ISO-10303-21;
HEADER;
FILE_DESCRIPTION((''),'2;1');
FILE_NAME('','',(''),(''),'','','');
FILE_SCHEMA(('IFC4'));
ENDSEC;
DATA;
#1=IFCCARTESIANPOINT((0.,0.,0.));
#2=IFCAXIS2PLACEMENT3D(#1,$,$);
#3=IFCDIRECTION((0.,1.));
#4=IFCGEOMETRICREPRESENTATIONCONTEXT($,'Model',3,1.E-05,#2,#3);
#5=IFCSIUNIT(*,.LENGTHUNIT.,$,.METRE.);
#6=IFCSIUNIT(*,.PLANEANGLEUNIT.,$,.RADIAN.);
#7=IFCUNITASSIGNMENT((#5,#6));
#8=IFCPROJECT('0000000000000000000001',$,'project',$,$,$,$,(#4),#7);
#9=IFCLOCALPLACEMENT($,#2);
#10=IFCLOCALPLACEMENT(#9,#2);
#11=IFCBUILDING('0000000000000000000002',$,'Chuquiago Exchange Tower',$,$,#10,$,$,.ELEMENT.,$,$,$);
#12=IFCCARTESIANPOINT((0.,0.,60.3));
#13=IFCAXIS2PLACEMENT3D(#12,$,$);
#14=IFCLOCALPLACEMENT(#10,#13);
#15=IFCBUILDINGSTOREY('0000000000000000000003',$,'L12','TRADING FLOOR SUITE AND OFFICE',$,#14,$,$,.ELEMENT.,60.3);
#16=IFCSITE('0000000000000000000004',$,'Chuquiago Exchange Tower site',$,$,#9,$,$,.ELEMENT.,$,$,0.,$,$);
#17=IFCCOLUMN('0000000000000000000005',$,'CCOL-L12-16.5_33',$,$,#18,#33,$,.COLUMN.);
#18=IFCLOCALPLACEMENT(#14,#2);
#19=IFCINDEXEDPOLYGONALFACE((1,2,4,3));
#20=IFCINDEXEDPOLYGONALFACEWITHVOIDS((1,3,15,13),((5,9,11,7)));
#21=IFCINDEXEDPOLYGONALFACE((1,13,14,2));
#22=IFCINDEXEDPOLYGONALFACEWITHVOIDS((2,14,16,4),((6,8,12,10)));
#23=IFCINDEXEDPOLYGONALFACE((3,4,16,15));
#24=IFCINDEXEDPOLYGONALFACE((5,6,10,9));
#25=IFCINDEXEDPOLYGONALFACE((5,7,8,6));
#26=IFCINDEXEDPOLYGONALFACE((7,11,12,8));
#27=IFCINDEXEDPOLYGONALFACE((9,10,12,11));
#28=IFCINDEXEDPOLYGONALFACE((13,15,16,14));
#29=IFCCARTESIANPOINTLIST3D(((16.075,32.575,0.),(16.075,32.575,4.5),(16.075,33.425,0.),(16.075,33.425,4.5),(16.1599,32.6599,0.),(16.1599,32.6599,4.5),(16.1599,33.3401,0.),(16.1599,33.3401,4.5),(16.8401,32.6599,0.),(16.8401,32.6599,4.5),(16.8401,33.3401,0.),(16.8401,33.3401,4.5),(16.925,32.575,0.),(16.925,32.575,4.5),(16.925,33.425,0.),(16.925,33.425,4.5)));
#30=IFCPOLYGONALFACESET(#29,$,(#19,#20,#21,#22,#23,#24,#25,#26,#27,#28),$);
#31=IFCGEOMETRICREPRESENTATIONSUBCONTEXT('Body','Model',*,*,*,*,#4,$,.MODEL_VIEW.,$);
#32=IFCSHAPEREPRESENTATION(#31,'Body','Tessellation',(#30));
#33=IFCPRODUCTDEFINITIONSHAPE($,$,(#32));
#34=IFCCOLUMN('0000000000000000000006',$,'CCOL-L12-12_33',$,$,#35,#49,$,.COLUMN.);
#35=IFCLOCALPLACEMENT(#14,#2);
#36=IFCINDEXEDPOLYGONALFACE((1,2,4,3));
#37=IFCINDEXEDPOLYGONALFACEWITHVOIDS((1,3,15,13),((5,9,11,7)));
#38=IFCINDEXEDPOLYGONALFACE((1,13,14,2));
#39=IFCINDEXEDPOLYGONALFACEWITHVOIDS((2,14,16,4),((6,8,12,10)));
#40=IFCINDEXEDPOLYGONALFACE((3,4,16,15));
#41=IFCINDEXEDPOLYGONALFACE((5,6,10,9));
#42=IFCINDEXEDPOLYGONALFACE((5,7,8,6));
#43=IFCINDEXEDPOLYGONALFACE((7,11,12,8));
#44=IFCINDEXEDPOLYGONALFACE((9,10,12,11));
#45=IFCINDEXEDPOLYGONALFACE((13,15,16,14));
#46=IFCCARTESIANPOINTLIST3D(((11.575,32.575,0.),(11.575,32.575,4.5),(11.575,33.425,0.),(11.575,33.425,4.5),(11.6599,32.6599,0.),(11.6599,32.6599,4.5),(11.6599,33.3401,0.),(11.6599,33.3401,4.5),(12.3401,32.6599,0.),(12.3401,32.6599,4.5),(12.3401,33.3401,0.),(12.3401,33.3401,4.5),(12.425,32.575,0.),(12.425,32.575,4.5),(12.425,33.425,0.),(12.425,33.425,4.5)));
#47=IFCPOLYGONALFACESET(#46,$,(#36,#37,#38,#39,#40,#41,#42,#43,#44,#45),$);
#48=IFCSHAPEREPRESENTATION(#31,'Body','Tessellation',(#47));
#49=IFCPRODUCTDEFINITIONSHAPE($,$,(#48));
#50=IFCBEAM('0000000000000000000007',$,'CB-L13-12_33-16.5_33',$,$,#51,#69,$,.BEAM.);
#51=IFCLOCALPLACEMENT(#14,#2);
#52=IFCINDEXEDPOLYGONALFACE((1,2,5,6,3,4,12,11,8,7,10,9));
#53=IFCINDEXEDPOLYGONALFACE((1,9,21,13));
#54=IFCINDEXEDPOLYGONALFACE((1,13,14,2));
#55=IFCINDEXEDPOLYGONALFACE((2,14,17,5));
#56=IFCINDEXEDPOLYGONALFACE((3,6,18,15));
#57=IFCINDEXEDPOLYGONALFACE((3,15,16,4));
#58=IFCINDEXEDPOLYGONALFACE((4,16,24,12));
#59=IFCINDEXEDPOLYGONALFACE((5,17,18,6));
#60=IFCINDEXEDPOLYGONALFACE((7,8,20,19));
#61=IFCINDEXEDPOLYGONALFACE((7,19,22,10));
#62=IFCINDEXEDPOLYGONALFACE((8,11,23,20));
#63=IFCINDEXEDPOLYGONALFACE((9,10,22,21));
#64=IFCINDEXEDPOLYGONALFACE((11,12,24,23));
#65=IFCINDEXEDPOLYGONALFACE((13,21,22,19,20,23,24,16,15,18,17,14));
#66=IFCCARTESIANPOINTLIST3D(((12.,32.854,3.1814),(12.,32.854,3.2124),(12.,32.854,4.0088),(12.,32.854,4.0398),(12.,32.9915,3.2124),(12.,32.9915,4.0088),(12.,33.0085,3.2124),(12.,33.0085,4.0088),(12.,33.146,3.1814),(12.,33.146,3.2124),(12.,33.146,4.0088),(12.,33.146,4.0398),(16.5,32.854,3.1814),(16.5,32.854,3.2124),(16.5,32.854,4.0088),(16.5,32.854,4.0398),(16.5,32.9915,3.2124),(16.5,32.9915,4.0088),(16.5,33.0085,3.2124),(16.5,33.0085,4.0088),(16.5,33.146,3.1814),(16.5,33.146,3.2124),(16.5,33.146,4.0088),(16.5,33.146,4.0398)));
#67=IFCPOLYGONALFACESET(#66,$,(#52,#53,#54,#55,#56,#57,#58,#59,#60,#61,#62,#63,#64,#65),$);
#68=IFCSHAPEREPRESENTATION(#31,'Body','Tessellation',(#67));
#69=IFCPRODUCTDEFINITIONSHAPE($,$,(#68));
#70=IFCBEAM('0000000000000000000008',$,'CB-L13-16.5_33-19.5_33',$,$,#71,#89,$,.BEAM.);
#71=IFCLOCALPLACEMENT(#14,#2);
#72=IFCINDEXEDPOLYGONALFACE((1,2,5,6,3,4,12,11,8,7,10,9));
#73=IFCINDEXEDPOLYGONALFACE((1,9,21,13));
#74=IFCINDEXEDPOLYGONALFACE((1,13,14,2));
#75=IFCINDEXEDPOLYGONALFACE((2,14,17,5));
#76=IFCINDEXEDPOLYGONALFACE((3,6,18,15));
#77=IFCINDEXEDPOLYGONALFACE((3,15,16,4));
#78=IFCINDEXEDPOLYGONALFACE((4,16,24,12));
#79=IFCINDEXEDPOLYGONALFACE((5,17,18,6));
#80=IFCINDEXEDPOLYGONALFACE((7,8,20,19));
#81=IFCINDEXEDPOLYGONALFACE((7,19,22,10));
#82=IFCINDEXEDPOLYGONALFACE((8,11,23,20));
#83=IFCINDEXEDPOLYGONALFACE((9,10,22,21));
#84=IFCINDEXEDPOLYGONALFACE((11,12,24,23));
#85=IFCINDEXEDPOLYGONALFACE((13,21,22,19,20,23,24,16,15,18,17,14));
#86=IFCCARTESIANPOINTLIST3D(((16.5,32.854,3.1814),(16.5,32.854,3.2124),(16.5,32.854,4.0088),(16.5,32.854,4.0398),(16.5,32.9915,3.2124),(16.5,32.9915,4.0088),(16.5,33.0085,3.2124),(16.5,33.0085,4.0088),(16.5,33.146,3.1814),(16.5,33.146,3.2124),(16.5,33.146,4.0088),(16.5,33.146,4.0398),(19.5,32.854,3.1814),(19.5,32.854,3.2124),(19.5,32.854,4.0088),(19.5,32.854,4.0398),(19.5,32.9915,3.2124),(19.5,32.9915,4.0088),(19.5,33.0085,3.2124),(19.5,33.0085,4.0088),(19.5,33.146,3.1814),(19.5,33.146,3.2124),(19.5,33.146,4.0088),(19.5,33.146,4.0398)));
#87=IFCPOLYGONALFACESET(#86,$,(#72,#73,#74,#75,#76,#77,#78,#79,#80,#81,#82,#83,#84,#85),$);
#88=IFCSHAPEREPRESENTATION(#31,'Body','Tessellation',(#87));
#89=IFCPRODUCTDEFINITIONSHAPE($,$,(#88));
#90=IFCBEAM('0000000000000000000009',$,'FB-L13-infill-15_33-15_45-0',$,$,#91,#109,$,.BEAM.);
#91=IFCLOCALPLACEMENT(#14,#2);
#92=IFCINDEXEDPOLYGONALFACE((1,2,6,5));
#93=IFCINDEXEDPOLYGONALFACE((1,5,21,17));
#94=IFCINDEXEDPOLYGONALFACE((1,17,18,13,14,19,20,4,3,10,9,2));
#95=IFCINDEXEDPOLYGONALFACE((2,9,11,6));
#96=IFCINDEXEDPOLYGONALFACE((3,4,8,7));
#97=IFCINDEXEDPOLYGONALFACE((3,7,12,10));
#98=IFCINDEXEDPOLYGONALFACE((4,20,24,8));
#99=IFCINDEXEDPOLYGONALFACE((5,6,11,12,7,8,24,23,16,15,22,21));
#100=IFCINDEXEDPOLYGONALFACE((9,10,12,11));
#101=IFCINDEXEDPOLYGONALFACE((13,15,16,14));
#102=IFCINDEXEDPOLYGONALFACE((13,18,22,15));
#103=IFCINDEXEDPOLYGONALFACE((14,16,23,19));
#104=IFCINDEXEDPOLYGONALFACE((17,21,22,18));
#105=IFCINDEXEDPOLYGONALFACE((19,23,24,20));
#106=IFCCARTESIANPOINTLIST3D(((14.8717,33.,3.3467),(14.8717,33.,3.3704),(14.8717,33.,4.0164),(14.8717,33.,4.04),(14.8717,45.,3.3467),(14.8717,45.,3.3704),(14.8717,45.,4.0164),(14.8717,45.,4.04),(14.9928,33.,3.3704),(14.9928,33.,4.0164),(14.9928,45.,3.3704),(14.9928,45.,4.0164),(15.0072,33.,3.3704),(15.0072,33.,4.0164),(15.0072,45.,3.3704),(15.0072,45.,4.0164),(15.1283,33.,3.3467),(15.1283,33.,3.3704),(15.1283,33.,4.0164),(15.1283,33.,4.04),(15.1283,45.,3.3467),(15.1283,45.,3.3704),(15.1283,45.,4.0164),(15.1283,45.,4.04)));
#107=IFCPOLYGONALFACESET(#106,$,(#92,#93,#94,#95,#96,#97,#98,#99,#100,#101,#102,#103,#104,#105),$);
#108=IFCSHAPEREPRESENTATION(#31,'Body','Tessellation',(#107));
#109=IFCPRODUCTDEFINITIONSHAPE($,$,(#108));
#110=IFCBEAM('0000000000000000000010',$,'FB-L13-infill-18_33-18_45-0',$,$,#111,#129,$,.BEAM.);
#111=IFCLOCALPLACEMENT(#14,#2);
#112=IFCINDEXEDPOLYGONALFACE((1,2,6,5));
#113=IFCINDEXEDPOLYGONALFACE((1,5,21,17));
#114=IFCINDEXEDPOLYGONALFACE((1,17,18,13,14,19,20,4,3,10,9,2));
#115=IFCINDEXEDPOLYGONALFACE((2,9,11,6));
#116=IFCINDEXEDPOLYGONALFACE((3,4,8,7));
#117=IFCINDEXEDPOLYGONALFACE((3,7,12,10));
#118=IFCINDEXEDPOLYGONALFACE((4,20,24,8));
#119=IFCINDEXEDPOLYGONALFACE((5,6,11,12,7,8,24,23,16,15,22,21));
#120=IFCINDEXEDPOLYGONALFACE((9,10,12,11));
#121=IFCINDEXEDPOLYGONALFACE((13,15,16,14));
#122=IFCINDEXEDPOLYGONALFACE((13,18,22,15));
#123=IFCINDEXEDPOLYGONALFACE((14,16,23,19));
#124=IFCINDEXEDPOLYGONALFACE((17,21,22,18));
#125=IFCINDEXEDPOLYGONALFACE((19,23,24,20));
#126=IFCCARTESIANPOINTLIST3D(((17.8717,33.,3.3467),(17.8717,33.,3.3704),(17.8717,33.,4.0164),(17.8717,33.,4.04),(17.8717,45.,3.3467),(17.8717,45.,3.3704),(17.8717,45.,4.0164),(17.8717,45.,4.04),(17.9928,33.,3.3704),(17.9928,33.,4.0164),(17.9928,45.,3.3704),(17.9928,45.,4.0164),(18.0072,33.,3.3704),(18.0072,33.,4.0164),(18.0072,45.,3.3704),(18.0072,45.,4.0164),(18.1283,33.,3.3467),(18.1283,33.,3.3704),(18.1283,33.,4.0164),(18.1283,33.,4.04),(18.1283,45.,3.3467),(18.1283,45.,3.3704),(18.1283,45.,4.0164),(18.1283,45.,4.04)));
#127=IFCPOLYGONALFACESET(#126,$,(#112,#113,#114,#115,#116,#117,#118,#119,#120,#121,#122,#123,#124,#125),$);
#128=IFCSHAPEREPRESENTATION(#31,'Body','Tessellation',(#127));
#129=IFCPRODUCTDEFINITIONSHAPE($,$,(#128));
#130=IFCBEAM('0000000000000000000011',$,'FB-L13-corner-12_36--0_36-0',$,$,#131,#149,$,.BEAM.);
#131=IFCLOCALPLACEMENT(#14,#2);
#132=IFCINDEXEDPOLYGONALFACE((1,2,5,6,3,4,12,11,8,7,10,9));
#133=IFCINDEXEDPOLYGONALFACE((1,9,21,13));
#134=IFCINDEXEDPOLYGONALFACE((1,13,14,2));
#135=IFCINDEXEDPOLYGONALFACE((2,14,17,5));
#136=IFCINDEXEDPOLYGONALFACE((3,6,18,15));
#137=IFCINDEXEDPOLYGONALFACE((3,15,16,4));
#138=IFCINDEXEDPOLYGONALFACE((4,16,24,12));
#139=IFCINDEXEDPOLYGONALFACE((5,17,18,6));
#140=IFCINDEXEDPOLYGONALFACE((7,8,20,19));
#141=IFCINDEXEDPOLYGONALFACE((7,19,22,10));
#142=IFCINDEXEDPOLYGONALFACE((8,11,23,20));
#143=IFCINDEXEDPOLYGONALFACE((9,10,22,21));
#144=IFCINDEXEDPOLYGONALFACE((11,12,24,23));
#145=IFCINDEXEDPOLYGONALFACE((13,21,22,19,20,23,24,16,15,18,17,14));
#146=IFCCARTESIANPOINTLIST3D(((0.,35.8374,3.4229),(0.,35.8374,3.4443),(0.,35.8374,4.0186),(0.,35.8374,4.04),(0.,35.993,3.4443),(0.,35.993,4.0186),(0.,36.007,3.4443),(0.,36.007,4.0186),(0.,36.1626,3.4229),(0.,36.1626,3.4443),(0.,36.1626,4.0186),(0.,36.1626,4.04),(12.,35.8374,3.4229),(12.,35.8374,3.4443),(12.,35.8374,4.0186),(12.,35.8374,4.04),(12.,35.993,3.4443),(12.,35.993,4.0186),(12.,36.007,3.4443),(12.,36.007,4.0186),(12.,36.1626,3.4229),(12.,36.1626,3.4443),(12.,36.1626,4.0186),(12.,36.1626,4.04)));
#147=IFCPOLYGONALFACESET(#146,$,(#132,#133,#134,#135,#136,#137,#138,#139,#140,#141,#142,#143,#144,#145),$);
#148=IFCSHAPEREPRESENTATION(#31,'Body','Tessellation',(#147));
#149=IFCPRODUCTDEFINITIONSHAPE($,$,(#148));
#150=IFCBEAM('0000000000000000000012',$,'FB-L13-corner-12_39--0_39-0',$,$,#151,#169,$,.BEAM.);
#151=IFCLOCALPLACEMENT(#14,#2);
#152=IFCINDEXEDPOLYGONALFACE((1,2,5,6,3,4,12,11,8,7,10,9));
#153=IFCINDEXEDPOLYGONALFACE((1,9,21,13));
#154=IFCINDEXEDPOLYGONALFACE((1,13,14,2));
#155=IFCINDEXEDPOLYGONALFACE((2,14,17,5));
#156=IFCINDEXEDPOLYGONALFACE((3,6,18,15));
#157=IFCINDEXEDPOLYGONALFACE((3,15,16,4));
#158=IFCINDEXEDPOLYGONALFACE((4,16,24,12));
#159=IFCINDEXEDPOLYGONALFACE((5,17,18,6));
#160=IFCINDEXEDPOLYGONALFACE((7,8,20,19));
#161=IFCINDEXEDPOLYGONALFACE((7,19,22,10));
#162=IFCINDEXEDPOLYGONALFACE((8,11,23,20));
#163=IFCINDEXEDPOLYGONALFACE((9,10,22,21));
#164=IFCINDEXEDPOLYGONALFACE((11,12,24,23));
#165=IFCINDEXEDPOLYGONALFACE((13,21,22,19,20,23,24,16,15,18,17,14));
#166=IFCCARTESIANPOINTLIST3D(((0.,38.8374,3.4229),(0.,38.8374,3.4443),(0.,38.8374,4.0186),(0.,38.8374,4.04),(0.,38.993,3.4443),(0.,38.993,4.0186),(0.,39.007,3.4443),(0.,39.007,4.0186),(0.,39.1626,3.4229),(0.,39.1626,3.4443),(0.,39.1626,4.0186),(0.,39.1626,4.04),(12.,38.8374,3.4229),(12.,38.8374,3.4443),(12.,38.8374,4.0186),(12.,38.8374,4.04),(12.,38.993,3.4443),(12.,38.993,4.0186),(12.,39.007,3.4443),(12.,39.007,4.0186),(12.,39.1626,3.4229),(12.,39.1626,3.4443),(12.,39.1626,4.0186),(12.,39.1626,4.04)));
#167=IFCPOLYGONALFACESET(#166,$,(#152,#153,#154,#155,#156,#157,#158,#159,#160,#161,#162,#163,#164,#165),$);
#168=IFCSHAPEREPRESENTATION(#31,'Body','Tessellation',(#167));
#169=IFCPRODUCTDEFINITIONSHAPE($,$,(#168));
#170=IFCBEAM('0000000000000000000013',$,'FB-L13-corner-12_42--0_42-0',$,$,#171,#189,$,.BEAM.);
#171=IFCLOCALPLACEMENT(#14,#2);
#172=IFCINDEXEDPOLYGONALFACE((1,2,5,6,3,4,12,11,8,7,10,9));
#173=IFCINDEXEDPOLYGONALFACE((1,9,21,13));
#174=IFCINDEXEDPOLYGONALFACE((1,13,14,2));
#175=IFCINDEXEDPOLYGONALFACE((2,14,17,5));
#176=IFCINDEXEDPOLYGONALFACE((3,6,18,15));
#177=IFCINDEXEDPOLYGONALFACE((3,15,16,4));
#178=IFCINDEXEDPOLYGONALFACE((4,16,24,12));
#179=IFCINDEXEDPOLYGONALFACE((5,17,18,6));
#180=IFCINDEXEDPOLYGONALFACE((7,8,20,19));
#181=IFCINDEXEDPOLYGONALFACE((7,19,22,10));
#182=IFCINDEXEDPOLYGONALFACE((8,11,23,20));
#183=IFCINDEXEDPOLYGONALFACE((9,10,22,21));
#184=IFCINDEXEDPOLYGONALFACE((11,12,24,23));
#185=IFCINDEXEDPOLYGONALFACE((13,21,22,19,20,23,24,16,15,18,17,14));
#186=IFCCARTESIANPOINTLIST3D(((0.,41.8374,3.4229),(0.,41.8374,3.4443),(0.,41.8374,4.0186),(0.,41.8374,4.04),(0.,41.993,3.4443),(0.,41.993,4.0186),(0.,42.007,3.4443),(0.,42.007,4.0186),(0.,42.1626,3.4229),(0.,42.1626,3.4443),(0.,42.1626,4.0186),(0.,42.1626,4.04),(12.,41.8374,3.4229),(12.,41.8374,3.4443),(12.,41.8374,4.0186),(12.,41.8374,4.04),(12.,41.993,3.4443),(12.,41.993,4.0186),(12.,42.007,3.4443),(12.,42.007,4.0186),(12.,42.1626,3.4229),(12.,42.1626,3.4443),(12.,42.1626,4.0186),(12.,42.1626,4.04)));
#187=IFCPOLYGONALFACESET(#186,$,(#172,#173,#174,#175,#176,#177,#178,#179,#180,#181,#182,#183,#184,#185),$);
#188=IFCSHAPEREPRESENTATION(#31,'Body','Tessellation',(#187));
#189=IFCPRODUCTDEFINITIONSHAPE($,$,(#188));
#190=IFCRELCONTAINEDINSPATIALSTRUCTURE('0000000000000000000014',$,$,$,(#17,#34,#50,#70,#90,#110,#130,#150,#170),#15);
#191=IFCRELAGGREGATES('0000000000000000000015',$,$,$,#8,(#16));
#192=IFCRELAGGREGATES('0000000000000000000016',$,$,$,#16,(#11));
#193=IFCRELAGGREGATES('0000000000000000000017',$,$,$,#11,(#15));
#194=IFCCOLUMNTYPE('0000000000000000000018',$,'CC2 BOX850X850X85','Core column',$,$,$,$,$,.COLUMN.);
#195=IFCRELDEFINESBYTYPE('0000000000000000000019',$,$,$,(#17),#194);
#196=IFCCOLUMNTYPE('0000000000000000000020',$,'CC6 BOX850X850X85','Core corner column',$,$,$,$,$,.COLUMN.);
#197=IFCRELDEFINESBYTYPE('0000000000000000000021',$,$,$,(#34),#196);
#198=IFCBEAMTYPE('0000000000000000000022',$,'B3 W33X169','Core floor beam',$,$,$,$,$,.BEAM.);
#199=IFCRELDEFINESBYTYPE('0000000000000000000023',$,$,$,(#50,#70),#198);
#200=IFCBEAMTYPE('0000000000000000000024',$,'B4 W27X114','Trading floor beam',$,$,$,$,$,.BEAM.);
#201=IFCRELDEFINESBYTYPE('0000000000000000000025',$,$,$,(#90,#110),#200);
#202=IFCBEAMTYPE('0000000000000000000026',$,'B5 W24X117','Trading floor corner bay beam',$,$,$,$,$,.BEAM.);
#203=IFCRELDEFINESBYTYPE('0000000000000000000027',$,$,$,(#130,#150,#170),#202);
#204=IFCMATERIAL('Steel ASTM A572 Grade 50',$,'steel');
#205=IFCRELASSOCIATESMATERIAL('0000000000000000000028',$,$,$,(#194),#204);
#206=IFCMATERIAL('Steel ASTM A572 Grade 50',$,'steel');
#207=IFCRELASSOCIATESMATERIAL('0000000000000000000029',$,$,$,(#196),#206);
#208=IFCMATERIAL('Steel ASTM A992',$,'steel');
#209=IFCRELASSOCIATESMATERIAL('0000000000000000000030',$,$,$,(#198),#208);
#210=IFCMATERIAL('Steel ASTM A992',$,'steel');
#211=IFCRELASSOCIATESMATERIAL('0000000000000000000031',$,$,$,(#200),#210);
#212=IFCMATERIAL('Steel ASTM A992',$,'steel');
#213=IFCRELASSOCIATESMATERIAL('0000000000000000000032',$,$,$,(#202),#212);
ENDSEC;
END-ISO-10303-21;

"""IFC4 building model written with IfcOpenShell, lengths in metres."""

from ifc_helpers import new_model, si_unit, direction, frame, origin, origin_2d, place, context, subcontext, project, spatial, hollow_rectangle, i_section, extrude, material, material_profile, profile_set, type_object, element, save


model = new_model("IFC4")

# Units and contexts
model_context = context("Model", 3, precision=1e-05, world=origin(), true_north=direction((0.0, 1.0)))
body_context = subcontext(model_context, "Body", "Model", "MODEL_VIEW")
ifc_project = project(units=[si_unit("LENGTHUNIT", "METRE"), si_unit("PLANEANGLEUNIT", "RADIAN")], contexts=[model_context])

# Site, building, storey
site_placement = place(None, origin())
site = spatial("IfcSite", under=ifc_project, at=site_placement, Name="Chuquiago Exchange Tower site", CompositionType="ELEMENT", RefElevation=0.0)
building_placement = place(site_placement, origin())
building = spatial("IfcBuilding", under=site, at=building_placement, Name="Chuquiago Exchange Tower", CompositionType="ELEMENT")
storey_placement = place(building_placement, frame((0.0, 0.0, 60.3)))
storey = spatial("IfcBuildingStorey", under=building, at=storey_placement, Name="L12", Description="TRADING FLOOR SUITE AND OFFICE", CompositionType="ELEMENT", Elevation=60.3)

# Columns
ifc_material_1 = material(Name="Steel ASTM A572 Grade 50", Category="steel")
ifc_material_profile_1 = material_profile(ifc_material_1, hollow_rectangle(XDim=0.8501, YDim=0.8501, WallThickness=0.085, at=origin_2d()), Name="BOX850X850X85")
ifc_profile_set_1 = profile_set([ifc_material_profile_1], Name="Steel ASTM A572 Grade 50")
column_type_1 = type_object("IfcColumnType", Name="CC2 BOX850X850X85", Description="Core column", PredefinedType="COLUMN", material=ifc_profile_set_1)
column_1_placement = place(storey_placement, frame((16.5, 33.0, 0.0), z_axis=(0.0, 0.0, 1.0), x_axis=(1.0, 0.0, 0.0)))
element("IfcColumn", 1, at=column_1_placement, inside=storey, type_object=column_type_1, Name="CCOL-L12-16.5_33", PredefinedType="COLUMN", context=body_context, shape_type="SweptSolid", body=[
    extrude(hollow_rectangle(XDim=0.8501, YDim=0.8501, WallThickness=0.085, at=origin_2d()), origin(), (0.0, 0.0, 1.0), 4.5),
])
ifc_material_2 = material(Name="Steel ASTM A572 Grade 50", Category="steel")
ifc_material_profile_2 = material_profile(ifc_material_2, hollow_rectangle(XDim=0.8501, YDim=0.8501, WallThickness=0.085, at=origin_2d()), Name="BOX850X850X85")
ifc_profile_set_2 = profile_set([ifc_material_profile_2], Name="Steel ASTM A572 Grade 50")
column_type_2 = type_object("IfcColumnType", Name="CC6 BOX850X850X85", Description="Core corner column", PredefinedType="COLUMN", material=ifc_profile_set_2)
column_2_placement = place(storey_placement, frame((12.0, 33.0, 0.0), z_axis=(0.0, 0.0, 1.0), x_axis=(1.0, 0.0, 0.0)))
element("IfcColumn", 2, at=column_2_placement, inside=storey, type_object=column_type_2, Name="CCOL-L12-12_33", PredefinedType="COLUMN", context=body_context, shape_type="SweptSolid", body=[
    extrude(hollow_rectangle(XDim=0.8501, YDim=0.8501, WallThickness=0.085, at=origin_2d()), origin(), (0.0, 0.0, 1.0), 4.5),
])

# Beams
ifc_material_3 = material(Name="Steel ASTM A992", Category="steel")
ifc_material_profile_3 = material_profile(ifc_material_3, i_section(OverallWidth=0.292, OverallDepth=0.8584, WebThickness=0.0171, FlangeThickness=0.031, at=origin_2d()), Name="W33X169")
ifc_profile_set_3 = profile_set([ifc_material_profile_3], Name="Steel ASTM A992")
beam_type_1 = type_object("IfcBeamType", Name="B3 W33X169", Description="Core floor beam", PredefinedType="BEAM", material=ifc_profile_set_3)
beam_1_placement = place(storey_placement, frame((12.0, 33.0, 3.6106), z_axis=(1.0, 0.0, 0.0), x_axis=(0.0, 1.0, 0.0)))
element("IfcBeam", 3, at=beam_1_placement, inside=storey, type_object=beam_type_1, Name="CB-L13-12_33-16.5_33", PredefinedType="BEAM", context=body_context, shape_type="SweptSolid", body=[
    extrude(i_section(OverallWidth=0.292, OverallDepth=0.8584, WebThickness=0.0171, FlangeThickness=0.031, at=origin_2d()), origin(), (0.0, 0.0, 1.0), 4.5),
])
beam_2_placement = place(storey_placement, frame((16.5, 33.0, 3.6106), z_axis=(1.0, 0.0, 0.0), x_axis=(0.0, 1.0, 0.0)))
element("IfcBeam", 4, at=beam_2_placement, inside=storey, type_object=beam_type_1, Name="CB-L13-16.5_33-19.5_33", PredefinedType="BEAM", context=body_context, shape_type="SweptSolid", body=[
    extrude(i_section(OverallWidth=0.292, OverallDepth=0.8584, WebThickness=0.0171, FlangeThickness=0.031, at=origin_2d()), origin(), (0.0, 0.0, 1.0), 3.0),
])
ifc_material_4 = material(Name="Steel ASTM A992", Category="steel")
ifc_material_profile_4 = material_profile(ifc_material_4, i_section(OverallWidth=0.2566, OverallDepth=0.6934, WebThickness=0.0144, FlangeThickness=0.0237, at=origin_2d()), Name="W27X114")
ifc_profile_set_4 = profile_set([ifc_material_profile_4], Name="Steel ASTM A992")
beam_type_2 = type_object("IfcBeamType", Name="B4 W27X114", Description="Trading floor beam", PredefinedType="BEAM", material=ifc_profile_set_4)
for number, where, z_axis, x_axis, name in (
    (5, (15.0, 33.0, 3.6934), (0.0, 1.0, 0.0), (-1.0, 0.0, 0.0), "FB-L13-infill-15_33-15_45-0"),
    (6, (18.0, 33.0, 3.6934), (0.0, 1.0, 0.0), (-1.0, 0.0, 0.0), "FB-L13-infill-18_33-18_45-0"),
):
    element("IfcBeam", number, at=place(storey_placement, frame(where, z_axis=z_axis, x_axis=x_axis)), inside=storey, type_object=beam_type_2, Name=name, PredefinedType="BEAM", context=body_context, shape_type="SweptSolid", body=[
        extrude(i_section(OverallWidth=0.2566, OverallDepth=0.6934, WebThickness=0.0144, FlangeThickness=0.0237, at=origin_2d()), origin(), (0.0, 0.0, 1.0), 12.0),
    ])
ifc_material_5 = material(Name="Steel ASTM A992", Category="steel")
ifc_material_profile_5 = material_profile(ifc_material_5, i_section(OverallWidth=0.3252, OverallDepth=0.6172, WebThickness=0.0139, FlangeThickness=0.0215, at=origin_2d()), Name="W24X117")
ifc_profile_set_5 = profile_set([ifc_material_profile_5], Name="Steel ASTM A992")
beam_type_3 = type_object("IfcBeamType", Name="B5 W24X117", Description="Trading floor corner bay beam", PredefinedType="BEAM", material=ifc_profile_set_5)
for number, where, z_axis, x_axis, name in (
    (7, (12.0, 36.0, 3.7314), (-1.0, 0.0, 0.0), (0.0, -1.0, 0.0), "FB-L13-corner-12_36--0_36-0"),
    (8, (12.0, 39.0, 3.7314), (-1.0, 0.0, 0.0), (0.0, -1.0, 0.0), "FB-L13-corner-12_39--0_39-0"),
    (9, (12.0, 42.0, 3.7314), (-1.0, 0.0, 0.0), (0.0, -1.0, 0.0), "FB-L13-corner-12_42--0_42-0"),
):
    element("IfcBeam", number, at=place(storey_placement, frame(where, z_axis=z_axis, x_axis=x_axis)), inside=storey, type_object=beam_type_3, Name=name, PredefinedType="BEAM", context=body_context, shape_type="SweptSolid", body=[
        extrude(i_section(OverallWidth=0.3252, OverallDepth=0.6172, WebThickness=0.0139, FlangeThickness=0.0215, at=origin_2d()), origin(), (0.0, 0.0, 1.0), 12.0),
    ])

save(model, "model.ifc")
